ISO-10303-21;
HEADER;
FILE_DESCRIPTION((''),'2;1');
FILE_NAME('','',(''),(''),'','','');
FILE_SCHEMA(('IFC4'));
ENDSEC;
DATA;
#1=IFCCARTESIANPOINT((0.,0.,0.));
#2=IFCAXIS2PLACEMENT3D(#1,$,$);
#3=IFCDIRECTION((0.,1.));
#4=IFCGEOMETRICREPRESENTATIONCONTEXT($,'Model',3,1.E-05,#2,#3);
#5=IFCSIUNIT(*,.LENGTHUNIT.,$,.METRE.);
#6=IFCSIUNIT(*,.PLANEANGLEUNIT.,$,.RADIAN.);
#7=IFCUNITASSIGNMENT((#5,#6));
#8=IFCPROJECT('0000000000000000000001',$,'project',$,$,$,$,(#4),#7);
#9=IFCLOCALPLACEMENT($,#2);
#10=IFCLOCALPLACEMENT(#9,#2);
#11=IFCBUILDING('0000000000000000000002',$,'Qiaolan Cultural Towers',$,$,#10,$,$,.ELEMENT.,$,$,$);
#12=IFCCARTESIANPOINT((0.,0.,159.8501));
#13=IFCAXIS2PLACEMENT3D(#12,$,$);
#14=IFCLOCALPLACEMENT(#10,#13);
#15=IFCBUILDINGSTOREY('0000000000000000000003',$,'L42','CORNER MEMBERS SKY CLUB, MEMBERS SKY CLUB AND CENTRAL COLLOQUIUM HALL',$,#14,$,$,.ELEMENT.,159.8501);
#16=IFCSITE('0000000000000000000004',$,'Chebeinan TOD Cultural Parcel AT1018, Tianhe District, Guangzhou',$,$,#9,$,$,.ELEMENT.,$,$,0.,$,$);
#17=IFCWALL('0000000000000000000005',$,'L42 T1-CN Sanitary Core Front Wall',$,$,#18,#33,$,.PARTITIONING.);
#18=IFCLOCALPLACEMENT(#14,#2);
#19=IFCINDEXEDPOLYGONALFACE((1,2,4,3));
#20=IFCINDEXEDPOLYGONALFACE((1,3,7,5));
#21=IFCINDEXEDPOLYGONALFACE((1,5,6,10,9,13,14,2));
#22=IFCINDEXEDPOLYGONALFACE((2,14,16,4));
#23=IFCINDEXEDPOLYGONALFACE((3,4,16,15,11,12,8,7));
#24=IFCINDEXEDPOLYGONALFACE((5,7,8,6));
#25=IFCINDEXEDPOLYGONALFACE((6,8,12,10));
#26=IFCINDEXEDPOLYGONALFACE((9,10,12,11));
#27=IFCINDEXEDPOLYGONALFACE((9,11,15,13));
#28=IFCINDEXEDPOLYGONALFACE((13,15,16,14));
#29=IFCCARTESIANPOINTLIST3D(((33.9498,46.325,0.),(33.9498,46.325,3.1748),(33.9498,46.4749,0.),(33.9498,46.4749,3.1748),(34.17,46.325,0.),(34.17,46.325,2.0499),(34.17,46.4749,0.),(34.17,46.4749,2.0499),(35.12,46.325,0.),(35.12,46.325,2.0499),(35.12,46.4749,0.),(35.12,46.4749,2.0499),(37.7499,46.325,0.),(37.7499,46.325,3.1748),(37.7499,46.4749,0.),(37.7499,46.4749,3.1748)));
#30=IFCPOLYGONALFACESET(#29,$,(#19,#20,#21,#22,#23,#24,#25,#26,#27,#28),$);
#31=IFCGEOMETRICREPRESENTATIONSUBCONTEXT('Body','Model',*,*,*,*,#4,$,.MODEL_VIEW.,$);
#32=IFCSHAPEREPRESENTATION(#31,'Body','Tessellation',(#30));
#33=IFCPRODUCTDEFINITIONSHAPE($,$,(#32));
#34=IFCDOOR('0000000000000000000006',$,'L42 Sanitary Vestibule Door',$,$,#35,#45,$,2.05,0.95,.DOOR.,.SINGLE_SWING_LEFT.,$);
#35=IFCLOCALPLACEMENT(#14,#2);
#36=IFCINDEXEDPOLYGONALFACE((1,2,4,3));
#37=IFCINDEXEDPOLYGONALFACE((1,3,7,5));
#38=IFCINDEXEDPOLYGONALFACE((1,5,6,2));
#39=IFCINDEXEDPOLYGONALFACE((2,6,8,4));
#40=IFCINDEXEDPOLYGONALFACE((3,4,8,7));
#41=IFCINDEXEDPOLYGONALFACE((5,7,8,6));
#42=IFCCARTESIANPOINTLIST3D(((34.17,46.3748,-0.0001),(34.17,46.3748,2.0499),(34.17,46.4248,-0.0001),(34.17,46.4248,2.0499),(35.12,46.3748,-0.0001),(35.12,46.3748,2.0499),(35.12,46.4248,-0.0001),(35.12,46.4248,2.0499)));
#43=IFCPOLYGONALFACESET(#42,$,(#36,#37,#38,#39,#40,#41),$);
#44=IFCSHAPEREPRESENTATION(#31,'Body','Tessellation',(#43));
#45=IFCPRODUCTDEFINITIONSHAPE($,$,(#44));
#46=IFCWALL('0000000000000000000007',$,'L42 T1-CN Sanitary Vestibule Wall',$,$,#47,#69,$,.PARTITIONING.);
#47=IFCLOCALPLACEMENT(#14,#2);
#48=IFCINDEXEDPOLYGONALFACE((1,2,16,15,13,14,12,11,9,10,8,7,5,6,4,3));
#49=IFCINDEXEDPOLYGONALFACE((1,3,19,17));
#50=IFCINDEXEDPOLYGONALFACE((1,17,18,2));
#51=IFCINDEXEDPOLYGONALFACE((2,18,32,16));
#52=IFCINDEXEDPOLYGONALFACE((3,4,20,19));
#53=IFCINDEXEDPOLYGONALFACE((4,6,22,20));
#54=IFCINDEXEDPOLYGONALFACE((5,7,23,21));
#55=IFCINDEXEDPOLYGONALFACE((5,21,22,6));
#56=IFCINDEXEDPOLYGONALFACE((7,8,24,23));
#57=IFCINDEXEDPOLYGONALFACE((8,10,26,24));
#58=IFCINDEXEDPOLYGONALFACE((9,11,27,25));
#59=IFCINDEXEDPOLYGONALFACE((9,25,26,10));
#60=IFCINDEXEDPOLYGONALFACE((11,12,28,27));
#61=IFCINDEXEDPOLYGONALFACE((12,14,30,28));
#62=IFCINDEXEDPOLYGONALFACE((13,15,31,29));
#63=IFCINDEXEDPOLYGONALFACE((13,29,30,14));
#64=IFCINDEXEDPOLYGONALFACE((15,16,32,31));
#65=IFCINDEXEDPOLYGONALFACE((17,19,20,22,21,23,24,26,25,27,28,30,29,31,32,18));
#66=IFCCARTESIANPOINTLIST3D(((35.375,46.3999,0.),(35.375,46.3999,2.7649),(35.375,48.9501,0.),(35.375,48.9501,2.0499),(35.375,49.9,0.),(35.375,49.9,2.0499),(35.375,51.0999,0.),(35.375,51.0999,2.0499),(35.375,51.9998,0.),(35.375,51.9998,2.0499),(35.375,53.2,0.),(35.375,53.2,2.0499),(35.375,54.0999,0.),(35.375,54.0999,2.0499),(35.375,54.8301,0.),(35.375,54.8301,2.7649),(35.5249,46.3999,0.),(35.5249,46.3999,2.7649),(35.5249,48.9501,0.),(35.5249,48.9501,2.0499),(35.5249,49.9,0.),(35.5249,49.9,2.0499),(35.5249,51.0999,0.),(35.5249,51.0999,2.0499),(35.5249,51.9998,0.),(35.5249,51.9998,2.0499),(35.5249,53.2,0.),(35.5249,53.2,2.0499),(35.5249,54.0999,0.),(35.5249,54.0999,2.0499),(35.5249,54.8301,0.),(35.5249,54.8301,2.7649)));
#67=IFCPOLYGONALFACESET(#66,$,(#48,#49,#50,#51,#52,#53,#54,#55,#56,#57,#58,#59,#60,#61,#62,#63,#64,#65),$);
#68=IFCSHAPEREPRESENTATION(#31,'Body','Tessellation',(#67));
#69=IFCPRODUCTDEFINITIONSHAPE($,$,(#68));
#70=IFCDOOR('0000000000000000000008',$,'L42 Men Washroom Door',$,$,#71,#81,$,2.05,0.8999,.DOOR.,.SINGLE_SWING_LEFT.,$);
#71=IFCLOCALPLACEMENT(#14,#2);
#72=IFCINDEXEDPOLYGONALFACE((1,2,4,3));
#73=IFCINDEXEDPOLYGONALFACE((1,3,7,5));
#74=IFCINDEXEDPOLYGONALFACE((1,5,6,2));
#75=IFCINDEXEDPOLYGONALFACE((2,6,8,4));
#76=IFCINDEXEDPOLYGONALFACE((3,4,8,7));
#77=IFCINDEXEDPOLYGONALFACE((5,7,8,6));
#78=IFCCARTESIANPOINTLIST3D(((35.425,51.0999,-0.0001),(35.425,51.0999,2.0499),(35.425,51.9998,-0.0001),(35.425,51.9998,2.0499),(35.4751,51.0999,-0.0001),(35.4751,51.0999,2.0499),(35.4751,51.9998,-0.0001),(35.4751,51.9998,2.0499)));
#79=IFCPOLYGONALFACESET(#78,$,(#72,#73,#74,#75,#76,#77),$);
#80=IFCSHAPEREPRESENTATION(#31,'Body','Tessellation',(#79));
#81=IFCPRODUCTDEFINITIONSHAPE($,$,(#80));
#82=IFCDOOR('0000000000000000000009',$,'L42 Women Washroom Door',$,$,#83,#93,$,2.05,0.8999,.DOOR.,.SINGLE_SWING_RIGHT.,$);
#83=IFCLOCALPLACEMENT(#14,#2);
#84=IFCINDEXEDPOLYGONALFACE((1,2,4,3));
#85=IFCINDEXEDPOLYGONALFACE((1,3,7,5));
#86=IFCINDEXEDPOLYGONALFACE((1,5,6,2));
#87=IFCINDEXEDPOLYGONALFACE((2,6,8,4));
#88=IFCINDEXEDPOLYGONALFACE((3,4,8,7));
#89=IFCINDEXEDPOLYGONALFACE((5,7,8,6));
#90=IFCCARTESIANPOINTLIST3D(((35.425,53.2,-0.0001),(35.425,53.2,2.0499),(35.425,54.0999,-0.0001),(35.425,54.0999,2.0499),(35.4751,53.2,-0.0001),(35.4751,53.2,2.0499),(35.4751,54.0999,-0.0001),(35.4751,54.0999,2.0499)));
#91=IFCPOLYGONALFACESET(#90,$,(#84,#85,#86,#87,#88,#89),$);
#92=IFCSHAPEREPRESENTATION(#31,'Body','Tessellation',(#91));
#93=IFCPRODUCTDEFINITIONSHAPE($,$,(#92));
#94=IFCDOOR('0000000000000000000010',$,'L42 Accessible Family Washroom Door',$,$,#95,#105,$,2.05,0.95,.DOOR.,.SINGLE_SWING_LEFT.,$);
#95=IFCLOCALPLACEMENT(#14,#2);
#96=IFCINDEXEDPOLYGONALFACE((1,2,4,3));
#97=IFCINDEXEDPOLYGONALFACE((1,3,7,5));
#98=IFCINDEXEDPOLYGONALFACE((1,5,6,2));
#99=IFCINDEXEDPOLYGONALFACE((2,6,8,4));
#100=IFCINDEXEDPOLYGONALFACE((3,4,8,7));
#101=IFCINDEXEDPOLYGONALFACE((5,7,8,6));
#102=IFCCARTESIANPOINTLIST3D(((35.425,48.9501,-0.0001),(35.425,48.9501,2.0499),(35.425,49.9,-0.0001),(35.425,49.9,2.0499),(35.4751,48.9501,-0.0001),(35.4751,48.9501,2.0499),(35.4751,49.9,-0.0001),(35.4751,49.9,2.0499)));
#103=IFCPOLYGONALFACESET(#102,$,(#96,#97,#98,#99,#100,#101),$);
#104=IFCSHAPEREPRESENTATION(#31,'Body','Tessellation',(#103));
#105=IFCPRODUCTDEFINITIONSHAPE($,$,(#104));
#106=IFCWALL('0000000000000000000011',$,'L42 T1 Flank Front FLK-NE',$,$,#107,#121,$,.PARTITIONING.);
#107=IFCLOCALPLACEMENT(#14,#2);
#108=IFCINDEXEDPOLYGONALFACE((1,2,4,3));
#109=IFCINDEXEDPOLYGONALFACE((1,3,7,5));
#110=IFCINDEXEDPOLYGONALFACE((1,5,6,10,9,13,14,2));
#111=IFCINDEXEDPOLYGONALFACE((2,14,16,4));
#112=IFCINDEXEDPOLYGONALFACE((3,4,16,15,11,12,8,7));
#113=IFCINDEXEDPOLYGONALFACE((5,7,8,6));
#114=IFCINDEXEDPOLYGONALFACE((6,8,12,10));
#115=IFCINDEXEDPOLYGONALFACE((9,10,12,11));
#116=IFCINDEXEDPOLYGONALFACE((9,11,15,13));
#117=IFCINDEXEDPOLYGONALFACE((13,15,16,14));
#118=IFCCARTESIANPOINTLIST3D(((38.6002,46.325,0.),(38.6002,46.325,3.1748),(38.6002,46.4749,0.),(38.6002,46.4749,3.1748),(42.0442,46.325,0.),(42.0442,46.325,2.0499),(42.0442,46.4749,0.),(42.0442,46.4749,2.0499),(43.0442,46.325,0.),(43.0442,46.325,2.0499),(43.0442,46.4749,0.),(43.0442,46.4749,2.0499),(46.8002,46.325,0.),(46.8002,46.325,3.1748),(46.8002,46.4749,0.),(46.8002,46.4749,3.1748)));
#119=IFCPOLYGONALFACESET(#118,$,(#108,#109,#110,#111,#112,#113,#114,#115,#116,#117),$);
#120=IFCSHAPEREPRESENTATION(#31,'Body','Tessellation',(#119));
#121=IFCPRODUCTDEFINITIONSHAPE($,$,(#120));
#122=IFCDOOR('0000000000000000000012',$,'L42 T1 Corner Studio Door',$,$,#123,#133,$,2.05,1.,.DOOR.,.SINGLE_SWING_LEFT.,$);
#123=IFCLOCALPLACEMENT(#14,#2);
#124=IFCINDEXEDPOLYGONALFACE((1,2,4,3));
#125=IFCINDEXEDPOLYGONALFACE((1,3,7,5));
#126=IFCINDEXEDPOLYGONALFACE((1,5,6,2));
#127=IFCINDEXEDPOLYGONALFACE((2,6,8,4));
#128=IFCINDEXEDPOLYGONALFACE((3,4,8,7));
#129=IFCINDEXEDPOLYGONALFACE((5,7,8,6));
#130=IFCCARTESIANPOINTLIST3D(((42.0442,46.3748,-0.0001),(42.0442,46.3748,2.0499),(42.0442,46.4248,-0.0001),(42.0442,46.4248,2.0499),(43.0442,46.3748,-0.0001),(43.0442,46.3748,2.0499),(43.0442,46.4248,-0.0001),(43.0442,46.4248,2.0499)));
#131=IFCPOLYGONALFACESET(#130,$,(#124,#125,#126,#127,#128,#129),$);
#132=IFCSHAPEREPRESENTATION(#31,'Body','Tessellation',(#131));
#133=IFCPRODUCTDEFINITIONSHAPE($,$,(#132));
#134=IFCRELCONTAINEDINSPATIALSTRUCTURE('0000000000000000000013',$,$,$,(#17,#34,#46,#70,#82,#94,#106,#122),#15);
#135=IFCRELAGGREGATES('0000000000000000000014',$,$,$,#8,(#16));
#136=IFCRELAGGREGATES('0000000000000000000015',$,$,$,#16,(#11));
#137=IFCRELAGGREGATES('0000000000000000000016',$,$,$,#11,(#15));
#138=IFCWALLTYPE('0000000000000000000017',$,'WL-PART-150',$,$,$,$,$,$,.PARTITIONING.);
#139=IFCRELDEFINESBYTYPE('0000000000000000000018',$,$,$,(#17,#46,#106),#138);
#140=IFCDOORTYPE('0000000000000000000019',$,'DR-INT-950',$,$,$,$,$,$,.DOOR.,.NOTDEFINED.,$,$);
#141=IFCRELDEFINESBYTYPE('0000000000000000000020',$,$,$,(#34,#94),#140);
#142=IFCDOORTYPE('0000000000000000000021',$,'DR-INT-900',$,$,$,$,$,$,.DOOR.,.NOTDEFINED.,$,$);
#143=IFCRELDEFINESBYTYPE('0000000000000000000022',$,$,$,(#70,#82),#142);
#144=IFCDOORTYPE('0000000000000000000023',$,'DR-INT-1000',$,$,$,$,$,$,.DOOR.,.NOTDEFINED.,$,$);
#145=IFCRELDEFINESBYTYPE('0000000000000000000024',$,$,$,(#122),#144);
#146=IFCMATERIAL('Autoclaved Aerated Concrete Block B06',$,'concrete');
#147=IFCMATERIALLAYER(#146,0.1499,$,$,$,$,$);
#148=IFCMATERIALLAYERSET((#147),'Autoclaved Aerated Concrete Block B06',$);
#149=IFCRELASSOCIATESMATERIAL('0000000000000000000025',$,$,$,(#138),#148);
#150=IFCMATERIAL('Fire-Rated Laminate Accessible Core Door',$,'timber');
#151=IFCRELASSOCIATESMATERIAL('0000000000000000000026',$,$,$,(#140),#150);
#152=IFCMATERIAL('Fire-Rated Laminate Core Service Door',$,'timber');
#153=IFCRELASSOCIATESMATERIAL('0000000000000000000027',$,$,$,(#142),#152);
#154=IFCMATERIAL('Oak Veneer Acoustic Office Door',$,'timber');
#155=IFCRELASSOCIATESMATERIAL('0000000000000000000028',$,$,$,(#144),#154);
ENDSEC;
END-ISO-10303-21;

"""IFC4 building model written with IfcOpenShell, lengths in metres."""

from ifc_helpers import new_model, si_unit, direction, frame, frame_2d, origin, place, context, subcontext, project, spatial, rectangle, extrude, material, layer, layer_set, type_object, element, fill, save


model = new_model("IFC4")

# Units and contexts
model_context = context("Model", 3, precision=1e-05, world=origin(), true_north=direction((0.0, 1.0)))
body_context = subcontext(model_context, "Body", "Model", "MODEL_VIEW")
ifc_project = project(units=[si_unit("LENGTHUNIT", "METRE"), si_unit("PLANEANGLEUNIT", "RADIAN")], contexts=[model_context])

# Site, building, storey
site_placement = place(None, origin())
site = spatial("IfcSite", under=ifc_project, at=site_placement, Name="Chebeinan TOD Cultural Parcel AT1018, Tianhe District, Guangzhou", CompositionType="ELEMENT", RefElevation=0.0)
building_placement = place(site_placement, origin())
building = spatial("IfcBuilding", under=site, at=building_placement, Name="Qiaolan Cultural Towers", CompositionType="ELEMENT")
storey_placement = place(building_placement, frame((0.0, 0.0, 159.8501)))
storey = spatial("IfcBuildingStorey", under=building, at=storey_placement, Name="L42", Description="CORNER MEMBERS SKY CLUB, MEMBERS SKY CLUB AND CENTRAL COLLOQUIUM HALL", CompositionType="ELEMENT", Elevation=159.8501)

# Wall, opening, door
ifc_material_1 = material(Name="Autoclaved Aerated Concrete Block B06", Category="concrete")
ifc_layer_1 = layer(ifc_material_1, 0.1499)
ifc_layer_set_1 = layer_set([ifc_layer_1], Name="Autoclaved Aerated Concrete Block B06")
wall_type_1 = type_object("IfcWallType", Name="WL-PART-150", PredefinedType="PARTITIONING", material=ifc_layer_set_1)
wall_1_placement = place(storey_placement, frame((33.95, 46.3999, 0.0), z_axis=(0.0, 0.0, 1.0), x_axis=(1.0, 0.0, 0.0)))
wall_1 = element("IfcWall", 1, at=wall_1_placement, inside=storey, type_object=wall_type_1, Name="L42 T1-CN Sanitary Core Front Wall", PredefinedType="PARTITIONING", context=body_context, shape_type="SweptSolid", body=[
    extrude(rectangle(XDim=3.8, YDim=0.1499, at=frame_2d((1.8999, 0.0))), origin(), (0.0, 0.0, 1.0), 3.1748),
])
opening_1_placement = place(wall_1_placement, frame((0.22, 0.0, 0.0)))
opening_1 = element("IfcOpeningElement", 2, at=opening_1_placement, cuts=wall_1, PredefinedType="OPENING", context=body_context, shape_type="SweptSolid", body=[
    extrude(rectangle(XDim=0.95, YDim=2.05, at=frame_2d((0.4751, 1.0249))), frame((0.0, 0.085, 0.0), z_axis=(0.0, -1.0, 0.0), x_axis=(1.0, 0.0, 0.0)), (0.0, 0.0, 1.0), 0.1699),
])
ifc_material_2 = material(Name="Fire-Rated Laminate Accessible Core Door", Category="timber")
door_type_1 = type_object("IfcDoorType", Name="DR-INT-950", OperationType="NOTDEFINED", PredefinedType="DOOR", material=ifc_material_2)
door_1_placement = place(opening_1_placement, origin())
door_1 = element("IfcDoor", 3, at=door_1_placement, inside=storey, type_object=door_type_1, Name="L42 Sanitary Vestibule Door", OperationType="SINGLE_SWING_LEFT", OverallHeight=2.05, OverallWidth=0.95, PredefinedType="DOOR", context=body_context, shape_type="SweptSolid", body=[
    extrude(rectangle(XDim=0.95, YDim=2.05, at=frame_2d((0.4751, 1.0249))), frame((0.0, 0.0249, 0.0), z_axis=(0.0, -1.0, 0.0), x_axis=(1.0, 0.0, 0.0)), (0.0, 0.0, 1.0), 0.05),
])
fill(opening_1, door_1)

# Wall, openings, doors
wall_2_placement = place(storey_placement, frame((35.45, 46.3999, 0.0), z_axis=(0.0, 0.0, 1.0), x_axis=(0.0, 1.0, 0.0)))
wall_2 = element("IfcWall", 4, at=wall_2_placement, inside=storey, type_object=wall_type_1, Name="L42 T1-CN Sanitary Vestibule Wall", PredefinedType="PARTITIONING", context=body_context, shape_type="SweptSolid", body=[
    extrude(rectangle(XDim=8.4302, YDim=0.1499, at=frame_2d((4.2151, 0.0))), origin(), (0.0, 0.0, 1.0), 2.7649),
])
opening_2_placement = place(wall_2_placement, frame((2.55, 0.0, 0.0)))
opening_2 = element("IfcOpeningElement", 5, at=opening_2_placement, cuts=wall_2, PredefinedType="OPENING", context=body_context, shape_type="SweptSolid", body=[
    extrude(rectangle(XDim=0.95, YDim=2.05, at=frame_2d((0.4751, 1.0249))), frame((0.0, 0.085, 0.0), z_axis=(0.0, -1.0, 0.0), x_axis=(1.0, 0.0, 0.0)), (0.0, 0.0, 1.0), 0.1699),
])
opening_3_placement = place(wall_2_placement, frame((4.7, 0.0, 0.0)))
opening_3 = element("IfcOpeningElement", 6, at=opening_3_placement, cuts=wall_2, PredefinedType="OPENING", context=body_context, shape_type="SweptSolid", body=[
    extrude(rectangle(XDim=0.8999, YDim=2.05, at=frame_2d((0.45, 1.0249))), frame((0.0, 0.085, 0.0), z_axis=(0.0, -1.0, 0.0), x_axis=(1.0, 0.0, 0.0)), (0.0, 0.0, 1.0), 0.1699),
])
opening_4_placement = place(wall_2_placement, frame((6.8, 0.0, 0.0)))
opening_4 = element("IfcOpeningElement", 7, at=opening_4_placement, cuts=wall_2, PredefinedType="OPENING", context=body_context, shape_type="SweptSolid", body=[
    extrude(rectangle(XDim=0.8999, YDim=2.05, at=frame_2d((0.45, 1.0249))), frame((0.0, 0.085, 0.0), z_axis=(0.0, -1.0, 0.0), x_axis=(1.0, 0.0, 0.0)), (0.0, 0.0, 1.0), 0.1699),
])
ifc_material_3 = material(Name="Fire-Rated Laminate Core Service Door", Category="timber")
door_type_2 = type_object("IfcDoorType", Name="DR-INT-900", OperationType="NOTDEFINED", PredefinedType="DOOR", material=ifc_material_3)
door_2_placement = place(opening_3_placement, origin())
door_2 = element("IfcDoor", 8, at=door_2_placement, inside=storey, type_object=door_type_2, Name="L42 Men Washroom Door", OperationType="SINGLE_SWING_LEFT", OverallHeight=2.05, OverallWidth=0.8999, PredefinedType="DOOR", context=body_context, shape_type="SweptSolid", body=[
    extrude(rectangle(XDim=0.8999, YDim=2.05, at=frame_2d((0.45, 1.0249))), frame((0.0, 0.0249, 0.0), z_axis=(0.0, -1.0, 0.0), x_axis=(1.0, 0.0, 0.0)), (0.0, 0.0, 1.0), 0.05),
])
fill(opening_3, door_2)
door_3_placement = place(opening_4_placement, origin())
door_3 = element("IfcDoor", 9, at=door_3_placement, inside=storey, type_object=door_type_2, Name="L42 Women Washroom Door", OperationType="SINGLE_SWING_RIGHT", OverallHeight=2.05, OverallWidth=0.8999, PredefinedType="DOOR", context=body_context, shape_type="SweptSolid", body=[
    extrude(rectangle(XDim=0.8999, YDim=2.05, at=frame_2d((0.45, 1.0249))), frame((0.0, 0.0249, 0.0), z_axis=(0.0, -1.0, 0.0), x_axis=(1.0, 0.0, 0.0)), (0.0, 0.0, 1.0), 0.05),
])
fill(opening_4, door_3)
door_4_placement = place(opening_2_placement, origin())
door_4 = element("IfcDoor", 10, at=door_4_placement, inside=storey, type_object=door_type_1, Name="L42 Accessible Family Washroom Door", OperationType="SINGLE_SWING_LEFT", OverallHeight=2.05, OverallWidth=0.95, PredefinedType="DOOR", context=body_context, shape_type="SweptSolid", body=[
    extrude(rectangle(XDim=0.95, YDim=2.05, at=frame_2d((0.4751, 1.0249))), frame((0.0, 0.0249, 0.0), z_axis=(0.0, -1.0, 0.0), x_axis=(1.0, 0.0, 0.0)), (0.0, 0.0, 1.0), 0.05),
])
fill(opening_2, door_4)

# Wall, opening, door
wall_3_placement = place(storey_placement, frame((38.6001, 46.3999, 0.0), z_axis=(0.0, 0.0, 1.0), x_axis=(1.0, 0.0, 0.0)))
wall_3 = element("IfcWall", 11, at=wall_3_placement, inside=storey, type_object=wall_type_1, Name="L42 T1 Flank Front FLK-NE", PredefinedType="PARTITIONING", context=body_context, shape_type="SweptSolid", body=[
    extrude(rectangle(XDim=8.2, YDim=0.1499, at=frame_2d((4.1001, 0.0))), origin(), (0.0, 0.0, 1.0), 3.1748),
])
opening_5_placement = place(wall_3_placement, frame((3.4441, 0.0, 0.0)))
opening_5 = element("IfcOpeningElement", 12, at=opening_5_placement, cuts=wall_3, PredefinedType="OPENING", context=body_context, shape_type="SweptSolid", body=[
    extrude(rectangle(XDim=1.0, YDim=2.05, at=frame_2d((0.5, 1.0249))), frame((0.0, 0.085, 0.0), z_axis=(0.0, -1.0, 0.0), x_axis=(1.0, 0.0, 0.0)), (0.0, 0.0, 1.0), 0.1699),
])
ifc_material_4 = material(Name="Oak Veneer Acoustic Office Door", Category="timber")
door_type_3 = type_object("IfcDoorType", Name="DR-INT-1000", OperationType="NOTDEFINED", PredefinedType="DOOR", material=ifc_material_4)
door_5_placement = place(opening_5_placement, origin())
door_5 = element("IfcDoor", 13, at=door_5_placement, inside=storey, type_object=door_type_3, Name="L42 T1 Corner Studio Door", OperationType="SINGLE_SWING_LEFT", OverallHeight=2.05, OverallWidth=1.0, PredefinedType="DOOR", context=body_context, shape_type="SweptSolid", body=[
    extrude(rectangle(XDim=1.0, YDim=2.05, at=frame_2d((0.5, 1.0249))), frame((0.0, 0.0249, 0.0), z_axis=(0.0, -1.0, 0.0), x_axis=(1.0, 0.0, 0.0)), (0.0, 0.0, 1.0), 0.05),
])
fill(opening_5, door_5)

save(model, "model.ifc")
